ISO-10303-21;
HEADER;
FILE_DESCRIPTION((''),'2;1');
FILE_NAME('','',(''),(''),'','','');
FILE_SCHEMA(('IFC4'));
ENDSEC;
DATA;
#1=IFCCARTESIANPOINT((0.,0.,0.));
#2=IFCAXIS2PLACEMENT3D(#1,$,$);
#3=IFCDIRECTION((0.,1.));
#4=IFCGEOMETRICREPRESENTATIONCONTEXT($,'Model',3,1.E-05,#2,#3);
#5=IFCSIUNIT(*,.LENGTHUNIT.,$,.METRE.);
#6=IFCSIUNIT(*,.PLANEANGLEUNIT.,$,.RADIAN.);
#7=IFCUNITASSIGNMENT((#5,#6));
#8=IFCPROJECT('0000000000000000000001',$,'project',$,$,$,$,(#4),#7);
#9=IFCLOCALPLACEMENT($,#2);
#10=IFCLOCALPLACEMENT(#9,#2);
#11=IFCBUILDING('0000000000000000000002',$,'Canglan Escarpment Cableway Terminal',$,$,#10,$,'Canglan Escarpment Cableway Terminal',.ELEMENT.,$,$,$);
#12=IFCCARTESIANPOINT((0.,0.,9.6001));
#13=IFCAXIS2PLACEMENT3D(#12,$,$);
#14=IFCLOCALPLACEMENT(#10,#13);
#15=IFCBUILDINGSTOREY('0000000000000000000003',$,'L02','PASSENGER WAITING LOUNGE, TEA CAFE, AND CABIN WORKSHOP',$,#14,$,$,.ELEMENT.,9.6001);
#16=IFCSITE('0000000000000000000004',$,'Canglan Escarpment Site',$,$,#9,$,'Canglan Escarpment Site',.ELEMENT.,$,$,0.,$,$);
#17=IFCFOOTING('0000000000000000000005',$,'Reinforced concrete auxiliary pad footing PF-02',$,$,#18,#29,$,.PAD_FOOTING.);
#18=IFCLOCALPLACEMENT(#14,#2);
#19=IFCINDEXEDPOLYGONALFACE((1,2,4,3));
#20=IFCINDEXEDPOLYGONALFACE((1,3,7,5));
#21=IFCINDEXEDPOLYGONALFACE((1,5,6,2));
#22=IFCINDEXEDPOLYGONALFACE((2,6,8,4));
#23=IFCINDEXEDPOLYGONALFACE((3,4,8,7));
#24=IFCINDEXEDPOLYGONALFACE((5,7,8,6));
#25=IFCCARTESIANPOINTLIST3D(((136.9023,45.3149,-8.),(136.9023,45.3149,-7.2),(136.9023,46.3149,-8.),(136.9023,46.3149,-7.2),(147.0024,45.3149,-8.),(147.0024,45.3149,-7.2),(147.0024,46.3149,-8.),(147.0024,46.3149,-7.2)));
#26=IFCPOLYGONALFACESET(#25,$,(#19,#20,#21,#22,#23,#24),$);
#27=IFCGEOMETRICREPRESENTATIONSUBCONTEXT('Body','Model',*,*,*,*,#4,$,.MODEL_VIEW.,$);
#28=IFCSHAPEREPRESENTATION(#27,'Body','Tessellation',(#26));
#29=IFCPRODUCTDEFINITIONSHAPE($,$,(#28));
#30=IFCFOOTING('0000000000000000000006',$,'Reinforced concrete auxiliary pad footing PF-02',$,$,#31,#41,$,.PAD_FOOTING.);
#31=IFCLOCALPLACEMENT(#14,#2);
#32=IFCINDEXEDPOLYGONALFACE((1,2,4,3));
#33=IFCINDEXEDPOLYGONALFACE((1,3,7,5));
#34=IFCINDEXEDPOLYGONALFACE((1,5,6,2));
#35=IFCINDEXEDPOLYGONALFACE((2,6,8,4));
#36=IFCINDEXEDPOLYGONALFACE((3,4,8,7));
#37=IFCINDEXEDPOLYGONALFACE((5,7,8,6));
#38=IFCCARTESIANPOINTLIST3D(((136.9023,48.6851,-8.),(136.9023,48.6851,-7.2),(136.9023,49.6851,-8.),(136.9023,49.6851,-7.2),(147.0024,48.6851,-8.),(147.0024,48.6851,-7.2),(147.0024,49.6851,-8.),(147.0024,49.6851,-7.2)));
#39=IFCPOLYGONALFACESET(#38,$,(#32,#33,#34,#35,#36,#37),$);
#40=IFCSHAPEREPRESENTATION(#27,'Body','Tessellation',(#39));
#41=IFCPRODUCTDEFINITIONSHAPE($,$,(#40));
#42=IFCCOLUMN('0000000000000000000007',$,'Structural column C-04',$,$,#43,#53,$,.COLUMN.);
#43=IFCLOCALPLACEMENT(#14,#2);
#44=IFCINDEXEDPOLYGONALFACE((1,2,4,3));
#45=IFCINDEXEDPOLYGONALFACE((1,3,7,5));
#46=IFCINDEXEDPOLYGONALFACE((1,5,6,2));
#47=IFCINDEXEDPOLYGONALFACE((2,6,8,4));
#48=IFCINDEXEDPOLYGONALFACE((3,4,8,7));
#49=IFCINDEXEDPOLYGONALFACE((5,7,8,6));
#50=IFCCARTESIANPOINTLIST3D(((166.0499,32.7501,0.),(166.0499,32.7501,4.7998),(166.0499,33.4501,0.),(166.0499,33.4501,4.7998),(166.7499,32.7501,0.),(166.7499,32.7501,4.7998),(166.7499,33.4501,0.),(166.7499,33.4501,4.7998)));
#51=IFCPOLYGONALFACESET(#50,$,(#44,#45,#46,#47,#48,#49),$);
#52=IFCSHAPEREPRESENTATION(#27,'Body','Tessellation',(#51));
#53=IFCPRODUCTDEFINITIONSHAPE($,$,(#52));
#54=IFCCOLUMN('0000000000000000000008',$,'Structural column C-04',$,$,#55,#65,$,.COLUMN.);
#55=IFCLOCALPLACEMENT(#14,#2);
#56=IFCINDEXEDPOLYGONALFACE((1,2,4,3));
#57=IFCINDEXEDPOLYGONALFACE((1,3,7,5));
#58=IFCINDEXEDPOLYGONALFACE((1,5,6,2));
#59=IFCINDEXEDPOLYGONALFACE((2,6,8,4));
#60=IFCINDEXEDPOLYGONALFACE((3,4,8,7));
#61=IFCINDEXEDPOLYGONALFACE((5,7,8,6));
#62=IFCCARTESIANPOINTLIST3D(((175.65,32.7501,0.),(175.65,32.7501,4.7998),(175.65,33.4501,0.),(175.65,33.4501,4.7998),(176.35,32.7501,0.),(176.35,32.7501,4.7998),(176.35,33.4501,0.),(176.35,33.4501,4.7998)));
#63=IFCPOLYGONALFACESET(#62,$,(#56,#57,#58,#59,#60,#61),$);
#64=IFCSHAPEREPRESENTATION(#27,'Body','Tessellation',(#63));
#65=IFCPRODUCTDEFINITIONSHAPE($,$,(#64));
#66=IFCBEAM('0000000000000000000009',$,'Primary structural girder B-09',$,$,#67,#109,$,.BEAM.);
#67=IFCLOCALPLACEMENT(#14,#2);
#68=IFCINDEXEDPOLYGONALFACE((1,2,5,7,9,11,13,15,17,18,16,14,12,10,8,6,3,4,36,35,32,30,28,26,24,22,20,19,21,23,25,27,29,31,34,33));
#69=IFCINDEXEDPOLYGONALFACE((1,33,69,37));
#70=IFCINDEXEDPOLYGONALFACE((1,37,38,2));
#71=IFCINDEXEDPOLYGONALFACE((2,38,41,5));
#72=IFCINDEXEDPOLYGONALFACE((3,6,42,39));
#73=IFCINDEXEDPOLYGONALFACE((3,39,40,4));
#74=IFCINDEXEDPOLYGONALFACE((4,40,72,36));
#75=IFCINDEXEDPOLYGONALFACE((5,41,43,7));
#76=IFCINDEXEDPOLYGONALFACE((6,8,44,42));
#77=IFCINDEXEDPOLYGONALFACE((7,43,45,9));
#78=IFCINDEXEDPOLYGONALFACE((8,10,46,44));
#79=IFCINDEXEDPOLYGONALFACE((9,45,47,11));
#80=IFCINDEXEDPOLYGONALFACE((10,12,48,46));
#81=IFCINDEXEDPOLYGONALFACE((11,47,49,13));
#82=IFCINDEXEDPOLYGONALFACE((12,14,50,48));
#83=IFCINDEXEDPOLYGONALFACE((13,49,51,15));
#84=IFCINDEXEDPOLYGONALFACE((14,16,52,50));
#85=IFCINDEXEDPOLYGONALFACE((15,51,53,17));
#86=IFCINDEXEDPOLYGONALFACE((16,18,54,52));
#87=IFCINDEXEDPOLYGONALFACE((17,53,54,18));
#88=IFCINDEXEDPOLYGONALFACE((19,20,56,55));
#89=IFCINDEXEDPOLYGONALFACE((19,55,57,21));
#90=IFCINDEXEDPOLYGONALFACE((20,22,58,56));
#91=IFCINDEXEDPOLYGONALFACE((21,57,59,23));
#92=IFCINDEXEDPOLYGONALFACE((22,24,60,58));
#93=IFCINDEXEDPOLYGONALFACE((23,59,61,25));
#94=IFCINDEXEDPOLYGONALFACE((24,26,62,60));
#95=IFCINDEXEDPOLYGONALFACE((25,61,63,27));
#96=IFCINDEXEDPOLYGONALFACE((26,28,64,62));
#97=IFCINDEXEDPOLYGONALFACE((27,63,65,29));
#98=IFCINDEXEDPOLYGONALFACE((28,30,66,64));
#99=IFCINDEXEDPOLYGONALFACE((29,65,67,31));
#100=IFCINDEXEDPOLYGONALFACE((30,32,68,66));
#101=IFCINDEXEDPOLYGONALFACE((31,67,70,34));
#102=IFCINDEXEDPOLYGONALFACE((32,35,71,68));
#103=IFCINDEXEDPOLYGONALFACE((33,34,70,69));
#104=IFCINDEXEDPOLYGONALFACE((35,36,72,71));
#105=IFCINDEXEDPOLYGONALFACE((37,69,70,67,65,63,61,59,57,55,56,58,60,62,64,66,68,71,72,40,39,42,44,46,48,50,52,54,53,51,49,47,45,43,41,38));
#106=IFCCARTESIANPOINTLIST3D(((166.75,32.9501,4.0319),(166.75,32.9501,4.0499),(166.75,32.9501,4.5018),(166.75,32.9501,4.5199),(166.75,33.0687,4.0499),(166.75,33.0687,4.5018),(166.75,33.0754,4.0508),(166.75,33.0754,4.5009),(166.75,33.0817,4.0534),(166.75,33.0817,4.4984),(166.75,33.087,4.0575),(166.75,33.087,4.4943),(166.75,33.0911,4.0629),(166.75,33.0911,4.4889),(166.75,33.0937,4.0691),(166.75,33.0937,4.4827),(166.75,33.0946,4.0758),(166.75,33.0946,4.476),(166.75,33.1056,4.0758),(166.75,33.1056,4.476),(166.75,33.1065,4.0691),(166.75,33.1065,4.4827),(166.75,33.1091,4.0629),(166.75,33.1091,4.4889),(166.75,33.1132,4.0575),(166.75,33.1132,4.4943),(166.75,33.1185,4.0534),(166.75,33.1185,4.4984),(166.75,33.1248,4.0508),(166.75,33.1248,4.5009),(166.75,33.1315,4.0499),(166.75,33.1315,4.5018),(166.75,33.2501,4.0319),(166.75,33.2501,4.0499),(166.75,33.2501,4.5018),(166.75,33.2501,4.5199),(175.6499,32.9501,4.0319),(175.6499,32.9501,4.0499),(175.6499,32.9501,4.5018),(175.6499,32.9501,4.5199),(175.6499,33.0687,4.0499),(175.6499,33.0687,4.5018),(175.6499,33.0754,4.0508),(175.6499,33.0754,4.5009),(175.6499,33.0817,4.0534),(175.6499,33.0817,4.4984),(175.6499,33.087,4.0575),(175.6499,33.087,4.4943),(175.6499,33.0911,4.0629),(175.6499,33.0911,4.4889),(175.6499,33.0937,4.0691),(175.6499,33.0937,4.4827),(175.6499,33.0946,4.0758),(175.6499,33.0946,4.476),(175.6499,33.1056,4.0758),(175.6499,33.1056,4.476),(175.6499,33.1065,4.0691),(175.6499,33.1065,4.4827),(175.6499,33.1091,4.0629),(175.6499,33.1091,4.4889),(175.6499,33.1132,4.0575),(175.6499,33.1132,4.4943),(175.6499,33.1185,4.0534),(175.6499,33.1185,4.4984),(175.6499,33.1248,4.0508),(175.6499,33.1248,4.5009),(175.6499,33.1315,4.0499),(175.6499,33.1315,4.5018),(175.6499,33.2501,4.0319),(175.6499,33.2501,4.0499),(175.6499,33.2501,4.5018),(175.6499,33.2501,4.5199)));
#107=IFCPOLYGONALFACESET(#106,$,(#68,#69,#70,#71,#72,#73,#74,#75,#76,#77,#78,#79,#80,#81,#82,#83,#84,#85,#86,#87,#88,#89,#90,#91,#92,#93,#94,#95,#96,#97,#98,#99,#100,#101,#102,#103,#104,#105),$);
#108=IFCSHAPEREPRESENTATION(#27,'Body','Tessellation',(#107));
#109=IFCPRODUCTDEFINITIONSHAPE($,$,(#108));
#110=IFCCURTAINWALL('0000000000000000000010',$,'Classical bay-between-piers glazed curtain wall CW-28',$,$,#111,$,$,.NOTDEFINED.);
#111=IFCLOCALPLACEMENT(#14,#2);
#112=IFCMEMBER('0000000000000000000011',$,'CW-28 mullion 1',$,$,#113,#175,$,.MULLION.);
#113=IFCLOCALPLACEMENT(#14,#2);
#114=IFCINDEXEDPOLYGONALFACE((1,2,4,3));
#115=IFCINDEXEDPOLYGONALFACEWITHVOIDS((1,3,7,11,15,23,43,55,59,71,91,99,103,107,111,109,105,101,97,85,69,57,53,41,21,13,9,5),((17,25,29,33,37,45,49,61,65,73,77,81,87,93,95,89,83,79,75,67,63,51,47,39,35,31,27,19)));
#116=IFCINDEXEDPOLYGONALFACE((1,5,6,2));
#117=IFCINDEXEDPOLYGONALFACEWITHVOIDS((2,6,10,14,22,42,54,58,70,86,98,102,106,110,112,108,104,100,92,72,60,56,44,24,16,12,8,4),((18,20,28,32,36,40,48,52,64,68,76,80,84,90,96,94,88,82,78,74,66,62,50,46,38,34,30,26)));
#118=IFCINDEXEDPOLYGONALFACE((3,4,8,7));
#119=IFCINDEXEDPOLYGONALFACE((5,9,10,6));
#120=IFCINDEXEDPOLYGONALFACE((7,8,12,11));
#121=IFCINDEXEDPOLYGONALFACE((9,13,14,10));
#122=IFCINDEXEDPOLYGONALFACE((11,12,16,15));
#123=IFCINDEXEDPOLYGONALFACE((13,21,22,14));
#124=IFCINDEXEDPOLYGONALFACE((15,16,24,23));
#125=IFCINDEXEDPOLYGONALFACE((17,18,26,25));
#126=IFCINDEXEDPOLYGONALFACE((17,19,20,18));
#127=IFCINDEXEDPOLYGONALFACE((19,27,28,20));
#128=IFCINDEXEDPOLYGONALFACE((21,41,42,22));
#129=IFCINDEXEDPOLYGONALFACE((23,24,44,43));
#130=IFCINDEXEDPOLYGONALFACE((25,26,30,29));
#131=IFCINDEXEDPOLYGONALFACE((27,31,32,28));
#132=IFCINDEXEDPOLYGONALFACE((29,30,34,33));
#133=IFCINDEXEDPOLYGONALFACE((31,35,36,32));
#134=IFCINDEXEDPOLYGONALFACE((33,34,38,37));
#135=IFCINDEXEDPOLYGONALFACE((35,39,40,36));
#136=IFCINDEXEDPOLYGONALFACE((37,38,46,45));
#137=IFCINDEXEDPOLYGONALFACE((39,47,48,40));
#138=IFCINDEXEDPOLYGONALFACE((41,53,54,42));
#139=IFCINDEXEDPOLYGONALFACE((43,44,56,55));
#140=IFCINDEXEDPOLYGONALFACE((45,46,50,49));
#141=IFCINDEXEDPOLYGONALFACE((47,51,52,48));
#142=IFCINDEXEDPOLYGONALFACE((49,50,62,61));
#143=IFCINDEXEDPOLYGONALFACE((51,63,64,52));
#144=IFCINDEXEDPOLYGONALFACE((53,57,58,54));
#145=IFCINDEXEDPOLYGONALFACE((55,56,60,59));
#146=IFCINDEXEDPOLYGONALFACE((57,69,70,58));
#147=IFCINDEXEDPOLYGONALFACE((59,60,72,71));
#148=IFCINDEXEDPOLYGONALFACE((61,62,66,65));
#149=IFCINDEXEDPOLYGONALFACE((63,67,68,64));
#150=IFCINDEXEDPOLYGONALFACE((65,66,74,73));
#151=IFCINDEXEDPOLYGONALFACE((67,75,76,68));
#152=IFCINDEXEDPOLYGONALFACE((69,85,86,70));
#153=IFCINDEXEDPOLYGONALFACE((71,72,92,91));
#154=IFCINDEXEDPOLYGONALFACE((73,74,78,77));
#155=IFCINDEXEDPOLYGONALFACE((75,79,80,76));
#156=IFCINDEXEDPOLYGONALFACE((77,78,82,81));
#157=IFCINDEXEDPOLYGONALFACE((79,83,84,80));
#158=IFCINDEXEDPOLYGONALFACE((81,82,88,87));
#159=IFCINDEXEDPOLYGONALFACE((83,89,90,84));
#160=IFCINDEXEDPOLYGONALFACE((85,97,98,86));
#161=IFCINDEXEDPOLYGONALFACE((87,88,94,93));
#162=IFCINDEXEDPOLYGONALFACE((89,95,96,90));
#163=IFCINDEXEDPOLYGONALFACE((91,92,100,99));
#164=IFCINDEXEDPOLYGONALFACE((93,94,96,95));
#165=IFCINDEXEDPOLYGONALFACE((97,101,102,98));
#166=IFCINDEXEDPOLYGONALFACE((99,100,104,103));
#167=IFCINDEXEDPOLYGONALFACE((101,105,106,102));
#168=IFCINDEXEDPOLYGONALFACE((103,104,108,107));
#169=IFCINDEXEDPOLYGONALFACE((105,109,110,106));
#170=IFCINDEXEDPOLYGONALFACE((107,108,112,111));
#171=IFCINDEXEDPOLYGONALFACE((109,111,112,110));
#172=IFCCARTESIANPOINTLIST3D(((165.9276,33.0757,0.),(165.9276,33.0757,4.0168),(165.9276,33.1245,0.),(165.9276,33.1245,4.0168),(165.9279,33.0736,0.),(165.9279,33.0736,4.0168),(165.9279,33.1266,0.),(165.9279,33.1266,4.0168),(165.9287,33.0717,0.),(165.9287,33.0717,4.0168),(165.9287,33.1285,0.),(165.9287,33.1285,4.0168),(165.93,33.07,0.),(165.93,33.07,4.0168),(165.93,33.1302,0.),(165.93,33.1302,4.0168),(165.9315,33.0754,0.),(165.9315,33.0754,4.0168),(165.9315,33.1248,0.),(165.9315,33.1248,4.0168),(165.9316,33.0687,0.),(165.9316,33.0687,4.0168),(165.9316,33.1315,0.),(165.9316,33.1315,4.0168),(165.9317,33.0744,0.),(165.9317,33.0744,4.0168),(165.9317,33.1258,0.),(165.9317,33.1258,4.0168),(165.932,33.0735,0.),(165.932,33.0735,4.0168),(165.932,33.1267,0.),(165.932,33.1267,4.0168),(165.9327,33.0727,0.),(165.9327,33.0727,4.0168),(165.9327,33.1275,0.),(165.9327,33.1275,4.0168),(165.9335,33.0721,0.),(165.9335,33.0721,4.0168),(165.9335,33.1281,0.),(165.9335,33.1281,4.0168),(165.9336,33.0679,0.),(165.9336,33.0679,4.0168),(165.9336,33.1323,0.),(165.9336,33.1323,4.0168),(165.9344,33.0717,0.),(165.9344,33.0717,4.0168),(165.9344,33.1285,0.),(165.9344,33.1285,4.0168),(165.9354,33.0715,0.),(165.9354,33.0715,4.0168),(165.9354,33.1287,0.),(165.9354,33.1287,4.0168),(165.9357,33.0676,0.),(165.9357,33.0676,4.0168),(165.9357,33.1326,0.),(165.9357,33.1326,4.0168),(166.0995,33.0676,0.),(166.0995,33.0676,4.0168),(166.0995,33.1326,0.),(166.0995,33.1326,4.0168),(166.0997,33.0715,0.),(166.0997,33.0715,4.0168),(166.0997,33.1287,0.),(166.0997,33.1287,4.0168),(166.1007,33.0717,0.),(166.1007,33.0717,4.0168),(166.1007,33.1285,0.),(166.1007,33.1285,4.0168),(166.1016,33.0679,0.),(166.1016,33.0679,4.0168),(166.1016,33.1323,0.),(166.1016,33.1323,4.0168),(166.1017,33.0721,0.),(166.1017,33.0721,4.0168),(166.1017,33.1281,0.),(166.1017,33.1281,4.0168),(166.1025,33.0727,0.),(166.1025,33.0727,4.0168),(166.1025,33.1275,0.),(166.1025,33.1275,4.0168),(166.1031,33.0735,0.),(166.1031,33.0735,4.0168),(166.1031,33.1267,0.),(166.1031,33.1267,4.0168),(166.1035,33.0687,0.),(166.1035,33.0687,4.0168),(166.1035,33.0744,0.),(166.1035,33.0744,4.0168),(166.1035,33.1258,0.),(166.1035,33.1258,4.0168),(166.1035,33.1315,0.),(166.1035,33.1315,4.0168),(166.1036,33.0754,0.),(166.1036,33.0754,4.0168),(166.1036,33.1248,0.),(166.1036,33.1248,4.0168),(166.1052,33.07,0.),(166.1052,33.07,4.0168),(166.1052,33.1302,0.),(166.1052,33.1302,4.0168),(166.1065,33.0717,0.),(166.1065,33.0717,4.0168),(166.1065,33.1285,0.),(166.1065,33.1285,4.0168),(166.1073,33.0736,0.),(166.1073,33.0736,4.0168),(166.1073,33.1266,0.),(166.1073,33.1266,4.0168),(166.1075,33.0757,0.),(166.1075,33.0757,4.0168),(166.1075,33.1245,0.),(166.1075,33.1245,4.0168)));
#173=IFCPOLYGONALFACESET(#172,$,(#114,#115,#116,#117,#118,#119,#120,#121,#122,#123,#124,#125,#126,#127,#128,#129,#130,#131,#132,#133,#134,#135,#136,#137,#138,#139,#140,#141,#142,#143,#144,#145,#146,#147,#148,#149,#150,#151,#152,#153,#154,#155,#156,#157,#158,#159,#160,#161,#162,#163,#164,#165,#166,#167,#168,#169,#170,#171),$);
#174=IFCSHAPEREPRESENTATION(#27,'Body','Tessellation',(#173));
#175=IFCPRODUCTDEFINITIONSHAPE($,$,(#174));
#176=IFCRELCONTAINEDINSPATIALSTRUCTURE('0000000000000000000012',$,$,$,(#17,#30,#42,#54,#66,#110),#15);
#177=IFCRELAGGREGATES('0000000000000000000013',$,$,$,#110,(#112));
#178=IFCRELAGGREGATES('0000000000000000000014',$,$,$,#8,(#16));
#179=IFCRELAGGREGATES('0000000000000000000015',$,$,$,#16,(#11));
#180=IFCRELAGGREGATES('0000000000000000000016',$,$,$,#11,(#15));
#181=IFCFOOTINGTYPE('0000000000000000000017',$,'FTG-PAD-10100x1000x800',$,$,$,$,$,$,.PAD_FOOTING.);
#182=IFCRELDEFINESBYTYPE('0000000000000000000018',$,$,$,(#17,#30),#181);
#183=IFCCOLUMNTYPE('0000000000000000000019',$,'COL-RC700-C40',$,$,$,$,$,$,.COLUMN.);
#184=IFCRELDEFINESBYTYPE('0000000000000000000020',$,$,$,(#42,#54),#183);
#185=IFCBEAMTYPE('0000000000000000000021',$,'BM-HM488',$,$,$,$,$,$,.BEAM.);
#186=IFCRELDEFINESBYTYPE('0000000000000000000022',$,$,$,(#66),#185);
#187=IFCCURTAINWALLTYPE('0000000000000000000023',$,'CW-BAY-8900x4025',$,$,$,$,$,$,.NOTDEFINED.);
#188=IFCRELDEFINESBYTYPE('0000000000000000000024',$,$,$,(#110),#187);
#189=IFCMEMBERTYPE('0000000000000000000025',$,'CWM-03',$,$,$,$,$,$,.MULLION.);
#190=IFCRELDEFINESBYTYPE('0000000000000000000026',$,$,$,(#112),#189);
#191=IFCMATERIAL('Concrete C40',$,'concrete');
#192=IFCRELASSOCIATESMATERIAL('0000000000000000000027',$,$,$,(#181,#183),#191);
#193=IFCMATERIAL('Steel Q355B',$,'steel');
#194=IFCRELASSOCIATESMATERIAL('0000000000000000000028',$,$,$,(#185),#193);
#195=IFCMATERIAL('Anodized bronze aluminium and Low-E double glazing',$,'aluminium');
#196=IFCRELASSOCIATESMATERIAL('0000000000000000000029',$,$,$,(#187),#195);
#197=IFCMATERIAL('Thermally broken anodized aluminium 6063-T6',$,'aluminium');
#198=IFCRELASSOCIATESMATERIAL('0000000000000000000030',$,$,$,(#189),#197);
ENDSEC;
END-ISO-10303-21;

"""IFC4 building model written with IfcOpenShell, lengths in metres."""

from ifc_helpers import new_model, si_unit, direction, frame, origin, origin_2d, place, context, subcontext, project, spatial, rectangle, hollow_rectangle, i_section, extrude, material, material_profile, profile_set, type_object, element, aggregate, save


model = new_model("IFC4")

# Units and contexts
model_context = context("Model", 3, precision=1e-05, world=origin(), true_north=direction((0.0, 1.0)))
body_context = subcontext(model_context, "Body", "Model", "MODEL_VIEW")
ifc_project = project(units=[si_unit("LENGTHUNIT", "METRE"), si_unit("PLANEANGLEUNIT", "RADIAN")], contexts=[model_context])

# Site, building, storey
site_placement = place(None, origin())
site = spatial("IfcSite", under=ifc_project, at=site_placement, Name="Canglan Escarpment Site", LongName="Canglan Escarpment Site", CompositionType="ELEMENT", RefElevation=0.0)
building_placement = place(site_placement, origin())
building = spatial("IfcBuilding", under=site, at=building_placement, Name="Canglan Escarpment Cableway Terminal", LongName="Canglan Escarpment Cableway Terminal", CompositionType="ELEMENT")
storey_placement = place(building_placement, frame((0.0, 0.0, 9.6001)))
storey = spatial("IfcBuildingStorey", under=building, at=storey_placement, Name="L02", Description="PASSENGER WAITING LOUNGE, TEA CAFE, AND CABIN WORKSHOP", CompositionType="ELEMENT", Elevation=9.6001)

# Footings
ifc_material_1 = material(Name="Concrete C40", Category="concrete")
footing_type = type_object("IfcFootingType", Name="FTG-PAD-10100x1000x800", PredefinedType="PAD_FOOTING", material=ifc_material_1)
for number, where, z_axis, x_axis, name in (
    (1, (141.9524, 45.8149, -8.0), (0.0, 0.0, 1.0), (1.0, 0.0, 0.0), "Reinforced concrete auxiliary pad footing PF-02"),
    (2, (141.9524, 49.1851, -8.0), (0.0, 0.0, 1.0), (1.0, 0.0, 0.0), "Reinforced concrete auxiliary pad footing PF-02"),
):
    element("IfcFooting", number, at=place(storey_placement, frame(where, z_axis=z_axis, x_axis=x_axis)), inside=storey, type_object=footing_type, Name=name, PredefinedType="PAD_FOOTING", context=body_context, shape_type="SweptSolid", body=[
        extrude(rectangle(XDim=10.1001, YDim=1.0, at=origin_2d()), origin(), (0.0, 0.0, 1.0), 0.8),
    ])

# Columns
ifc_material_profile_1 = material_profile(ifc_material_1, rectangle(XDim=0.7, YDim=0.7, at=origin_2d()), Name="RC 700x700")
ifc_profile_set_1 = profile_set([ifc_material_profile_1], Name="Concrete C40")
column_type = type_object("IfcColumnType", Name="COL-RC700-C40", PredefinedType="COLUMN", material=ifc_profile_set_1)
for number, where, z_axis, x_axis, name in (
    (3, (166.3999, 33.1001, 0.0), (0.0, 0.0, 1.0), (1.0, 0.0, 0.0), "Structural column C-04"),
    (4, (176.0, 33.1001, 0.0), (0.0, 0.0, 1.0), (1.0, 0.0, 0.0), "Structural column C-04"),
):
    element("IfcColumn", number, at=place(storey_placement, frame(where, z_axis=z_axis, x_axis=x_axis)), inside=storey, type_object=column_type, Name=name, PredefinedType="COLUMN", context=body_context, shape_type="SweptSolid", body=[
        extrude(rectangle(XDim=0.7, YDim=0.7, at=origin_2d()), origin(), (0.0, 0.0, 1.0), 4.7998),
    ])

# Beam
ifc_material_2 = material(Name="Steel Q355B", Category="steel")
ifc_material_profile_2 = material_profile(ifc_material_2, i_section(OverallWidth=0.3, OverallDepth=0.488, WebThickness=0.011, FlangeThickness=0.0181, FilletRadius=0.0259, at=origin_2d()), Name="HM 488x300x11x18")
ifc_profile_set_2 = profile_set([ifc_material_profile_2], Name="Steel Q355B")
beam_type = type_object("IfcBeamType", Name="BM-HM488", PredefinedType="BEAM", material=ifc_profile_set_2)
beam_placement = place(storey_placement, frame((166.75, 33.1001, 4.2759), z_axis=(1.0, 0.0, 0.0), x_axis=(0.0, 1.0, 0.0)))
element("IfcBeam", 5, at=beam_placement, inside=storey, type_object=beam_type, Name="Primary structural girder B-09", PredefinedType="BEAM", context=body_context, shape_type="SweptSolid", body=[
    extrude(i_section(OverallWidth=0.3, OverallDepth=0.488, WebThickness=0.011, FlangeThickness=0.0181, FilletRadius=0.0259, at=origin_2d()), origin(), (0.0, 0.0, 1.0), 8.8999),
])

# Curtain wall, member
ifc_material_3 = material(Name="Anodized bronze aluminium and Low-E double glazing", Category="aluminium")
curtain_wall_type_1 = type_object("IfcCurtainWallType", Name="CW-BAY-8900x4025", PredefinedType="NOTDEFINED", material=ifc_material_3)
curtain_wall_1_placement = place(storey_placement, origin())
curtain_wall_1 = element("IfcCurtainWall", 6, at=curtain_wall_1_placement, inside=storey, type_object=curtain_wall_type_1, Name="Classical bay-between-piers glazed curtain wall CW-28", PredefinedType="NOTDEFINED")
ifc_material_4 = material(Name="Thermally broken anodized aluminium 6063-T6", Category="aluminium")
ifc_material_profile_3 = material_profile(ifc_material_4, hollow_rectangle(XDim=0.0649, YDim=0.1799, WallThickness=0.0039, InnerFilletRadius=0.0039, OuterFilletRadius=0.0081, at=origin_2d()), Name="ALU-MULL 65x180x4")
ifc_profile_set_3 = profile_set([ifc_material_profile_3], Name="Thermally broken anodized aluminium 6063-T6")
member_type_1 = type_object("IfcMemberType", Name="CWM-03", PredefinedType="MULLION", material=ifc_profile_set_3)
member_1_placement = place(storey_placement, frame((166.0176, 33.1001, 0.0), z_axis=(0.0, 0.0, 1.0), x_axis=(0.0, -1.0, 0.0)))
member_1 = element("IfcMember", 7, at=member_1_placement, type_object=member_type_1, Name="CW-28 mullion 1", PredefinedType="MULLION", context=body_context, shape_type="SweptSolid", body=[
    extrude(hollow_rectangle(XDim=0.0649, YDim=0.1799, WallThickness=0.0039, InnerFilletRadius=0.0039, OuterFilletRadius=0.0081, at=origin_2d()), origin(), (0.0, 0.0, 1.0), 4.0168),
])

aggregate(curtain_wall_1, [member_1])

save(model, "model.ifc")
